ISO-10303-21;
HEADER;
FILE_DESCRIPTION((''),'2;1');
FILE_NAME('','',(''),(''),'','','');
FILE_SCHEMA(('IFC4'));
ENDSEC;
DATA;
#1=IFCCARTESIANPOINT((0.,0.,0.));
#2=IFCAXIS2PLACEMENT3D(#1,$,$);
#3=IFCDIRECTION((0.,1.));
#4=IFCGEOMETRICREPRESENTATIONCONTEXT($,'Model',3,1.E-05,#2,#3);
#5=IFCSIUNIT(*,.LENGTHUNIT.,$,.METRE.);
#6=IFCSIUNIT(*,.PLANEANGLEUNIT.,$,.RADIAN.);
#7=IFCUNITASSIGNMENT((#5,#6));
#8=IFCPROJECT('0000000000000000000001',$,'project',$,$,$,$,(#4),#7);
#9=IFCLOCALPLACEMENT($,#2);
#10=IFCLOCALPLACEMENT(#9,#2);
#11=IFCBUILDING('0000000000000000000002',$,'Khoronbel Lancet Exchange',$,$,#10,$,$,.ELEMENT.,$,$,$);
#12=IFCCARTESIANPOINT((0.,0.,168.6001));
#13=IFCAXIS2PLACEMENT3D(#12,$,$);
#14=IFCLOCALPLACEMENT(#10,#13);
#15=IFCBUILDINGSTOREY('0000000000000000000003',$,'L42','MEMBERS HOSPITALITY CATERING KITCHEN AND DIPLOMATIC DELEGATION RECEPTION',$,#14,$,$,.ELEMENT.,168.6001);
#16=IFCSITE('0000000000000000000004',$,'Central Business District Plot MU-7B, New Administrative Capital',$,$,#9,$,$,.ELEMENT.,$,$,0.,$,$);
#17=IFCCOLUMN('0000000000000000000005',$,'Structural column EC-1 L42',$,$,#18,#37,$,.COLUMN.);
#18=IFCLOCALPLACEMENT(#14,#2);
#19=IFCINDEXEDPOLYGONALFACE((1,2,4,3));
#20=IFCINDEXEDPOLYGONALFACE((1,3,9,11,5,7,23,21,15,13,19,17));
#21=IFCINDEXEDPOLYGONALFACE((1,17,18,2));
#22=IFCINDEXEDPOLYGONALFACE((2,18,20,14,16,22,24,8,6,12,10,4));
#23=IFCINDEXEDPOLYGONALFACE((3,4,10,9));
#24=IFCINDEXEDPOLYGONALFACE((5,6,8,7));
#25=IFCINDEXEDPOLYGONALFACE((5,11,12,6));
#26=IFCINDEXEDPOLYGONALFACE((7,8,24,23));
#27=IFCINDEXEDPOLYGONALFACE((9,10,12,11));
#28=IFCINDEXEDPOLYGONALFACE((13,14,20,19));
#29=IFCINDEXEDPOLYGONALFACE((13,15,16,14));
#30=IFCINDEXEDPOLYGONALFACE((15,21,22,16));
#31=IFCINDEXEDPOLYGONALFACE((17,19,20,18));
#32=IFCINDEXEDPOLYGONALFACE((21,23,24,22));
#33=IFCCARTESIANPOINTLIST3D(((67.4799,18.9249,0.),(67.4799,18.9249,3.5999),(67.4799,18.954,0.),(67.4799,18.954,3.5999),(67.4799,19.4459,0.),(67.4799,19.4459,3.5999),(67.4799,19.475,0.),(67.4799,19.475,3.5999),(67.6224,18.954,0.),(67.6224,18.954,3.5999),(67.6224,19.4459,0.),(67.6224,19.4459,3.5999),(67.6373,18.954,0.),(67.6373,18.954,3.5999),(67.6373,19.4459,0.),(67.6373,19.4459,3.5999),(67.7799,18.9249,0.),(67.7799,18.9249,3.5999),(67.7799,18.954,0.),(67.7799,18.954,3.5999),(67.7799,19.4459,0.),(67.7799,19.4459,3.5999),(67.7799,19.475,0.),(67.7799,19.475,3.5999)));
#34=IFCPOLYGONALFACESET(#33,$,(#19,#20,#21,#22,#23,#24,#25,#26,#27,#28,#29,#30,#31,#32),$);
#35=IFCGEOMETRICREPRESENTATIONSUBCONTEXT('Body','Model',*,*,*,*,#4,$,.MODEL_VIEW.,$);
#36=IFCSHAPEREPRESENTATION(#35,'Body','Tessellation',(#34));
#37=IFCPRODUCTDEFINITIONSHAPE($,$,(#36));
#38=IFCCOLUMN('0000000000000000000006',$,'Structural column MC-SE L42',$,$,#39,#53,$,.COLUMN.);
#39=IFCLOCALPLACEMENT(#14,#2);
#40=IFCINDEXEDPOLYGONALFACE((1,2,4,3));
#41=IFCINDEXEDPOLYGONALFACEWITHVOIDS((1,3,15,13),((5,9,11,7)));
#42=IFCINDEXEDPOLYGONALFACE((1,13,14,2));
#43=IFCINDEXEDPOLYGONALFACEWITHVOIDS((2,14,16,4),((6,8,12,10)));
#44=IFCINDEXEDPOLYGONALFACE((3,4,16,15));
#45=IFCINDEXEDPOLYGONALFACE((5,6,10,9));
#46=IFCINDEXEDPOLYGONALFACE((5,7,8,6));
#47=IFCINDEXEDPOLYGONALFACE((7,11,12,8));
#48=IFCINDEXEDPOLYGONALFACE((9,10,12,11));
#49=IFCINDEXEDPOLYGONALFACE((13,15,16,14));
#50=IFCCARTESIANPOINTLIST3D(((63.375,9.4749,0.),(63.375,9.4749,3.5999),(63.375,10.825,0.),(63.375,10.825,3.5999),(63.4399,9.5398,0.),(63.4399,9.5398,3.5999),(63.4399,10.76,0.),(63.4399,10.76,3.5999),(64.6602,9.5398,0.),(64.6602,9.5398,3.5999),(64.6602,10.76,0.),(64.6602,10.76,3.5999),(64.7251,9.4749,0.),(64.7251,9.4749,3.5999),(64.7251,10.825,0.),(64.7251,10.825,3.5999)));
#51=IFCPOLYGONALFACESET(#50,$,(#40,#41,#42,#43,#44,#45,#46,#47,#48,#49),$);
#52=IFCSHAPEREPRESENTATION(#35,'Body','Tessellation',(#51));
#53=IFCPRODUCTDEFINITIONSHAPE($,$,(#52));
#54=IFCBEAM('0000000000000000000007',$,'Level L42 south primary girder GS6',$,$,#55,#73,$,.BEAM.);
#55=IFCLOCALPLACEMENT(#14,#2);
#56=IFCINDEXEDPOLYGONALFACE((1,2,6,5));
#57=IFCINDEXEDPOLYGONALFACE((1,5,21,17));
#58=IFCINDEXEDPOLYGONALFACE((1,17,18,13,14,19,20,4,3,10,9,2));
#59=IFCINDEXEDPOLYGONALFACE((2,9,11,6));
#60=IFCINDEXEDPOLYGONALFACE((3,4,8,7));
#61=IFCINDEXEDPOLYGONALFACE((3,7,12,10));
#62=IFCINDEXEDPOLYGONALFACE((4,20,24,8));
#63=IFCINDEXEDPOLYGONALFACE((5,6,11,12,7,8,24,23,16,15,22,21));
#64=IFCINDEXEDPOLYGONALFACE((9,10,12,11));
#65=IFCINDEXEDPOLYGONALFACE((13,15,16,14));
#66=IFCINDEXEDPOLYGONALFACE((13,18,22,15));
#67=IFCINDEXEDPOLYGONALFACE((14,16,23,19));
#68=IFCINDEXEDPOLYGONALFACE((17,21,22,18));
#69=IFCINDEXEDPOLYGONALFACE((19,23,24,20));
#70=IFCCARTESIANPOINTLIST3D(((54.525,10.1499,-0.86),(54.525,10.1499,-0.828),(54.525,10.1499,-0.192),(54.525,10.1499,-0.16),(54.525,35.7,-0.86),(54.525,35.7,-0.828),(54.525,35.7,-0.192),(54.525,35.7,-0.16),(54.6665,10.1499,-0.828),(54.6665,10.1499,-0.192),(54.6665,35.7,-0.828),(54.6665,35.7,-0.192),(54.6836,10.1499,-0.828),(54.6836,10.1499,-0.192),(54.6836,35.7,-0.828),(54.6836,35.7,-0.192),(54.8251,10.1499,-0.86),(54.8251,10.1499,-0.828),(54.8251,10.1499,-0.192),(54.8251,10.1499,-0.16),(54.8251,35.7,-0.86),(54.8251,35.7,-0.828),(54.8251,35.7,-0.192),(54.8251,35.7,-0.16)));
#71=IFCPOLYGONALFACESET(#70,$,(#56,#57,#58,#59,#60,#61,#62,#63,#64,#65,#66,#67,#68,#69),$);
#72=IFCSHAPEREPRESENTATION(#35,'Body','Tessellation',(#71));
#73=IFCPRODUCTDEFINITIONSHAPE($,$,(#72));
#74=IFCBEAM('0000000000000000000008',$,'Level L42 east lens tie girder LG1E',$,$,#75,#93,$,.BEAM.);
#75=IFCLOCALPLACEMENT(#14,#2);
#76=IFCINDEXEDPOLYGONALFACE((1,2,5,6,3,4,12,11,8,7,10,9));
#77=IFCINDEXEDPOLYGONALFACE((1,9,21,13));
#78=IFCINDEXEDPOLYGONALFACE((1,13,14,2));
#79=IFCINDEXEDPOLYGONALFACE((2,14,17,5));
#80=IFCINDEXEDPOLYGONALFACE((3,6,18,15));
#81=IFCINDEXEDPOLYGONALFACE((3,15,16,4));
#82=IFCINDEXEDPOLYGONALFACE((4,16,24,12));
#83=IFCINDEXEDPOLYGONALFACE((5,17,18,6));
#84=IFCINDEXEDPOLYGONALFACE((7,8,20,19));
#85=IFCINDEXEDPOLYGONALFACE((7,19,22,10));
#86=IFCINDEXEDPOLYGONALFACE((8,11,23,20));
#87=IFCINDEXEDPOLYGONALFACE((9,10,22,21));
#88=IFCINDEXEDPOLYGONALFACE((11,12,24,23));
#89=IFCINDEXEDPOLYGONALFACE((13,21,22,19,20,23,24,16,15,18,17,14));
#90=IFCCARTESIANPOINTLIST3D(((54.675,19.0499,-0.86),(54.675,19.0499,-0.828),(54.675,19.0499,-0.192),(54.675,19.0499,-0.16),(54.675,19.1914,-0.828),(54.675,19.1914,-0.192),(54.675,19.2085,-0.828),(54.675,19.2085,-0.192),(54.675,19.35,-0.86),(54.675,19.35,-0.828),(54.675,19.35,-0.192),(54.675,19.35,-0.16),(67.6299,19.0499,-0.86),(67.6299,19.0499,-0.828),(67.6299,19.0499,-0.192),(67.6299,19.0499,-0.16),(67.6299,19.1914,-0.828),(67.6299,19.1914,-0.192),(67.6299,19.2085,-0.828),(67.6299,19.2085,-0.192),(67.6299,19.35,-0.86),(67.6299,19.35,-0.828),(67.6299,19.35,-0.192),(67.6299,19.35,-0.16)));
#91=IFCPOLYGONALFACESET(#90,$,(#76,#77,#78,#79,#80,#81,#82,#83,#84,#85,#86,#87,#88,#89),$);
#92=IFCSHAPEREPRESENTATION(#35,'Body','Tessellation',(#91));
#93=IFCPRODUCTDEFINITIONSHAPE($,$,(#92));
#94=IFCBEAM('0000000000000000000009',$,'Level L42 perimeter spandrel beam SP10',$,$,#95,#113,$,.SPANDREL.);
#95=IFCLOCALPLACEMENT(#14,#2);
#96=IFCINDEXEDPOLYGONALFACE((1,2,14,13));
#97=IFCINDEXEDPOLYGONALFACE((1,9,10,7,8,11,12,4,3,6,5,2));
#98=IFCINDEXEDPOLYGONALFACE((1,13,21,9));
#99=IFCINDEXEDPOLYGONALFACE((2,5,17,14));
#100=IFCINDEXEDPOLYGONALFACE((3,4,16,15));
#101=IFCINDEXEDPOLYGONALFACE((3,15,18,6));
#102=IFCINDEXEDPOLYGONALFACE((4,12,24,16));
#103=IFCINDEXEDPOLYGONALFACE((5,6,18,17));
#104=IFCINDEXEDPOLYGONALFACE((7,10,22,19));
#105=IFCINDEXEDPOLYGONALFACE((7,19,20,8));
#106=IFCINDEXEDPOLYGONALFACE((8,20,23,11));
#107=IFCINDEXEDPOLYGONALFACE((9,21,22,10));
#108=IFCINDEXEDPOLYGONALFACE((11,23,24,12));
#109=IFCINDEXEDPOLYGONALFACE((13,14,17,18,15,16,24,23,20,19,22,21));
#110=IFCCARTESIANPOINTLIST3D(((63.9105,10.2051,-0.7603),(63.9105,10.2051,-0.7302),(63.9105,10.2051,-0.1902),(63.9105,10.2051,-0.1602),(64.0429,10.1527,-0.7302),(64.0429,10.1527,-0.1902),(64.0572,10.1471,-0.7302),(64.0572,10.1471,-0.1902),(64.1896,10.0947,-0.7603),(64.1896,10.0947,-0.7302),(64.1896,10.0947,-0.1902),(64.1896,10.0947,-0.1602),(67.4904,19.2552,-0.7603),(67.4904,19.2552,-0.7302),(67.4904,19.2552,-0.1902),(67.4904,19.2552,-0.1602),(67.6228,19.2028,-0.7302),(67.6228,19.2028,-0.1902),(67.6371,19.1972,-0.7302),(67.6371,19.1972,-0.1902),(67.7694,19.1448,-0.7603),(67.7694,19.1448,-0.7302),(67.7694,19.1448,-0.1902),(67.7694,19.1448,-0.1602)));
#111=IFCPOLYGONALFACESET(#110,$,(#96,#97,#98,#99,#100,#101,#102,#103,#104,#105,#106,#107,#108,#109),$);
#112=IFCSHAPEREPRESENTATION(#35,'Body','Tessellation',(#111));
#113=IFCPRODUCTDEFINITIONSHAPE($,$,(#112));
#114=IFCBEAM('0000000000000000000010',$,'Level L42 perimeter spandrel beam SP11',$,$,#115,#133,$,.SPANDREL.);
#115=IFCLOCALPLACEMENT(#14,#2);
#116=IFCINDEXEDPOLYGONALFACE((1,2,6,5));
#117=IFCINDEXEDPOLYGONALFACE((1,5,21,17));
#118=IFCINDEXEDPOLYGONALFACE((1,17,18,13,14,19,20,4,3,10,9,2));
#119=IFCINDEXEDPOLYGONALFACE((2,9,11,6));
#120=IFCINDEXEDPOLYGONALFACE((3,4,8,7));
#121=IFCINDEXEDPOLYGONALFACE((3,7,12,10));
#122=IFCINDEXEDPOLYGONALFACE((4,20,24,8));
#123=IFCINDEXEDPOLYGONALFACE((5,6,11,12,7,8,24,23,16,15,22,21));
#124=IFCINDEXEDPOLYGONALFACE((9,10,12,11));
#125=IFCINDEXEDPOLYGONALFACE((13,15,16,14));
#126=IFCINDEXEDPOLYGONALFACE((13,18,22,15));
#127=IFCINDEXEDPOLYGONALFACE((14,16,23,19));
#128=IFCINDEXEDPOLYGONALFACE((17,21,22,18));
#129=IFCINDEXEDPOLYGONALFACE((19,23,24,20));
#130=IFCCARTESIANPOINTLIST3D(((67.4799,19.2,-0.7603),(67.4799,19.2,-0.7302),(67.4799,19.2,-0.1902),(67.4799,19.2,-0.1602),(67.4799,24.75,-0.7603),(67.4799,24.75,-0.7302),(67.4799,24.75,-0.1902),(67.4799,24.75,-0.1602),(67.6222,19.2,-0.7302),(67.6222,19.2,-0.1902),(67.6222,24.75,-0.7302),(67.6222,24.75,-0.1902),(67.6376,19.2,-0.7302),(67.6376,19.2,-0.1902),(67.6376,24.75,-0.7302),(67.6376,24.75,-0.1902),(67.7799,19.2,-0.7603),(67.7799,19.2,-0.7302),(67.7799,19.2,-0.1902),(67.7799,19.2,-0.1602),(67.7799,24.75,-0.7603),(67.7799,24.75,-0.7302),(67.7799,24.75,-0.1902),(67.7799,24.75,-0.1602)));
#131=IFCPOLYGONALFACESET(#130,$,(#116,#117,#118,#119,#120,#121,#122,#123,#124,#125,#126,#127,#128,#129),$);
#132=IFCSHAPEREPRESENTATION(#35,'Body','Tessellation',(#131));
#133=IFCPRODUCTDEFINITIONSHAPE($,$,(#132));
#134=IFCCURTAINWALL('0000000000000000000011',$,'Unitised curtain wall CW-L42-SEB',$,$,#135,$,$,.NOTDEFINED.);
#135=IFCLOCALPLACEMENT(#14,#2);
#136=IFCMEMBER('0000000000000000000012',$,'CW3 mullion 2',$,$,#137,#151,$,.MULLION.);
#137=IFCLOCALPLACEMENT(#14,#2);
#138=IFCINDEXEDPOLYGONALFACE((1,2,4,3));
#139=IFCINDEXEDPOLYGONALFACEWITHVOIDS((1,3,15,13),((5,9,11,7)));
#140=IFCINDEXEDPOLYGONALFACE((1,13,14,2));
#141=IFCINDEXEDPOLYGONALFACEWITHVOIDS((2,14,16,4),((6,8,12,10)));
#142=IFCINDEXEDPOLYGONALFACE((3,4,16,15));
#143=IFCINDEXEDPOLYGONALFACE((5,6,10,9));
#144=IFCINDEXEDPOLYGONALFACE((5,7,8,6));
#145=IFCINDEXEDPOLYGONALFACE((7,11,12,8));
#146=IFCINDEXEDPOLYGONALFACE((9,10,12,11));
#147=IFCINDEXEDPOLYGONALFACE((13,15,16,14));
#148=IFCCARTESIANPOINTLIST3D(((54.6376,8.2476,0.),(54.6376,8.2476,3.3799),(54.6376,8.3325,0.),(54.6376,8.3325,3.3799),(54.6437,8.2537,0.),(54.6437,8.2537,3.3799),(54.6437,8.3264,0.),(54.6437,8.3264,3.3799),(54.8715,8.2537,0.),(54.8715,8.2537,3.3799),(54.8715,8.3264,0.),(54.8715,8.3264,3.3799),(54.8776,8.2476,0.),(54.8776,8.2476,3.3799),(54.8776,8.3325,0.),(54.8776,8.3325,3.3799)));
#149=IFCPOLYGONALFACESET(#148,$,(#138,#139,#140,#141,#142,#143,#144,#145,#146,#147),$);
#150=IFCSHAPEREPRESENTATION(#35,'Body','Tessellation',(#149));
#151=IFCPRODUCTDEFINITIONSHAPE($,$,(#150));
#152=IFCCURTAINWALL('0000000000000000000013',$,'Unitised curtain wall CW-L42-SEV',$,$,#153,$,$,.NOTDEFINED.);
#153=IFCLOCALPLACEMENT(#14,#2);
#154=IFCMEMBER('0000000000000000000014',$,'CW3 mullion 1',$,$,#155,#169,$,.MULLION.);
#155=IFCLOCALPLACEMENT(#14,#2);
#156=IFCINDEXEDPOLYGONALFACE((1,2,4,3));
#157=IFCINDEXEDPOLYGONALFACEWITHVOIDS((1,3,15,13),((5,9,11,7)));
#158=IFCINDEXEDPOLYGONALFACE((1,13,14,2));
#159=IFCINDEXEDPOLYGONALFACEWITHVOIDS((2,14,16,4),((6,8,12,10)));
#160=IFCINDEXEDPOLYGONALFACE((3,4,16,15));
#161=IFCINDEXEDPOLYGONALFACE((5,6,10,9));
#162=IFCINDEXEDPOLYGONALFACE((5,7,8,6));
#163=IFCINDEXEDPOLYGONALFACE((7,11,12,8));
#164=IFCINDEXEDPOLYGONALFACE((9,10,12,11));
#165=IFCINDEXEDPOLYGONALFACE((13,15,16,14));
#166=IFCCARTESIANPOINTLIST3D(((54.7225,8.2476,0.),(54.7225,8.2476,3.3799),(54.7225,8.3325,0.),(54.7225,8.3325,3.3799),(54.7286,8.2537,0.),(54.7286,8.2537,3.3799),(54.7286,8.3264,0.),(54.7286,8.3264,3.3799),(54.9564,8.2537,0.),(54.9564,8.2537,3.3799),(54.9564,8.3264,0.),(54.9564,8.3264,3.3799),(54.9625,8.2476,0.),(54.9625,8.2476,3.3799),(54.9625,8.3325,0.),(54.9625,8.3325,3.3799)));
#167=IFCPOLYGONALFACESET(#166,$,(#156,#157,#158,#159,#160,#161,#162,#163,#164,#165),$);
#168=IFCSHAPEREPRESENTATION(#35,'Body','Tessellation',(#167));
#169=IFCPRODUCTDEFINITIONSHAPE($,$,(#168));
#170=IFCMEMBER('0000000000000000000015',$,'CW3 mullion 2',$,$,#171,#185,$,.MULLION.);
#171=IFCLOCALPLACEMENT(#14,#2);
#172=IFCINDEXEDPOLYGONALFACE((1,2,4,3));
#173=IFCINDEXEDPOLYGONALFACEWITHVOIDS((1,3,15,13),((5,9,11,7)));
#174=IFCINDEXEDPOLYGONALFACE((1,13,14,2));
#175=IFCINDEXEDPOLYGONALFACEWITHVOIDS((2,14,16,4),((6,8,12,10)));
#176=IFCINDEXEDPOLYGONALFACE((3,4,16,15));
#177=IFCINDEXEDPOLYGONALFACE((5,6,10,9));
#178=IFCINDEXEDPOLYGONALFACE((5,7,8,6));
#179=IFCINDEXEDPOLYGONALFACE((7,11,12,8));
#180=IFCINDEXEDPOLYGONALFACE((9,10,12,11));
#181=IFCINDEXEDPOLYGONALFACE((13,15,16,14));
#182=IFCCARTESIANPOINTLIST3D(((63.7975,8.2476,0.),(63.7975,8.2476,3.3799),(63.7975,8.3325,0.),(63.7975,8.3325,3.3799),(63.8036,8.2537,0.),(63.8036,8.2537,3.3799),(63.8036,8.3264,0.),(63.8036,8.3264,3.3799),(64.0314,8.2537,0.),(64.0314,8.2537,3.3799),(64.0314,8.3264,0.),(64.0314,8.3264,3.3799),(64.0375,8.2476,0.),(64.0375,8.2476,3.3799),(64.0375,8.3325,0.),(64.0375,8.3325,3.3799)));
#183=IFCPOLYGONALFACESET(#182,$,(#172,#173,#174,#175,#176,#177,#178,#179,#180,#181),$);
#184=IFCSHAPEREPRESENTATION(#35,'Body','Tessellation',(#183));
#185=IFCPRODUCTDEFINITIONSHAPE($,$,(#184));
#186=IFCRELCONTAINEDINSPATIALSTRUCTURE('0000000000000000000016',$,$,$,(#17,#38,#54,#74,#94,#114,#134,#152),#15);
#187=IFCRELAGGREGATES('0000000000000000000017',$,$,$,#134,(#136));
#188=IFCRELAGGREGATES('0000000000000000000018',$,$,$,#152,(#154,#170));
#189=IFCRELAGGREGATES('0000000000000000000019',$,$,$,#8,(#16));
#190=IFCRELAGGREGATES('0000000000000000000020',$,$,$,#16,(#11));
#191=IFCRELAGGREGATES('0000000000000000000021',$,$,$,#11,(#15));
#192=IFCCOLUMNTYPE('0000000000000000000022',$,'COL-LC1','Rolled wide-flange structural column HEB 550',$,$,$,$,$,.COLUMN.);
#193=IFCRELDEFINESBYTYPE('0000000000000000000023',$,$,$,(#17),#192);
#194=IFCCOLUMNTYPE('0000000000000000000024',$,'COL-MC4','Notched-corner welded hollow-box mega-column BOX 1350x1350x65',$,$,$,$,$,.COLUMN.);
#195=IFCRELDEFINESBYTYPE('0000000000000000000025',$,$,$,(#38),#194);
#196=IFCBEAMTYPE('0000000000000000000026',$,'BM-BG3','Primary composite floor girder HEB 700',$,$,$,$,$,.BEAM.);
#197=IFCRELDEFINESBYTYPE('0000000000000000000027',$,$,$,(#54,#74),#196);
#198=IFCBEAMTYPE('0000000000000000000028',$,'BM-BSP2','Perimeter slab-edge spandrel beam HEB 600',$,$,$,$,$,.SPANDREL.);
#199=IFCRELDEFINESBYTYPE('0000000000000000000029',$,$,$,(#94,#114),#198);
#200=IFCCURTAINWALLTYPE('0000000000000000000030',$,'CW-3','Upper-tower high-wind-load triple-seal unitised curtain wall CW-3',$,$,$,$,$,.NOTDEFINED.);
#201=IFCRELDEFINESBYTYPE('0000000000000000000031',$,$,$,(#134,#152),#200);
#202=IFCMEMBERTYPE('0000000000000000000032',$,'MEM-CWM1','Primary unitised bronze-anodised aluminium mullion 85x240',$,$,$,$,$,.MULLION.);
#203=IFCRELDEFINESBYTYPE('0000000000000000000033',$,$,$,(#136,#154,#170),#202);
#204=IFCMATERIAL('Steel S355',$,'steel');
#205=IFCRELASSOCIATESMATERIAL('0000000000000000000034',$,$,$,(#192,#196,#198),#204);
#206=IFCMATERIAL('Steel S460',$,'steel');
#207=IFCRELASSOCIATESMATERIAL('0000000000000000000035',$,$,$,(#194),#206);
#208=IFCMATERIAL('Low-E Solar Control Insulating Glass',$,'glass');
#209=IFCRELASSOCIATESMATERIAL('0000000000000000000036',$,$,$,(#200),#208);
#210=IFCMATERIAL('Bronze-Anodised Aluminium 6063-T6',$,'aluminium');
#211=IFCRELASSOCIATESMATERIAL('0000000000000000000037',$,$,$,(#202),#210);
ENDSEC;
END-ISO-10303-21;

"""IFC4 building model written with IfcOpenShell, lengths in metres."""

from ifc_helpers import new_model, si_unit, direction, frame, origin, origin_2d, place, context, subcontext, project, spatial, hollow_rectangle, i_section, extrude, material, material_profile, profile_set, type_object, element, aggregate, save


model = new_model("IFC4")

# Units and contexts
model_context = context("Model", 3, precision=1e-05, world=origin(), true_north=direction((0.0, 1.0)))
body_context = subcontext(model_context, "Body", "Model", "MODEL_VIEW")
ifc_project = project(units=[si_unit("LENGTHUNIT", "METRE"), si_unit("PLANEANGLEUNIT", "RADIAN")], contexts=[model_context])

# Site, building, storey
site_placement = place(None, origin())
site = spatial("IfcSite", under=ifc_project, at=site_placement, Name="Central Business District Plot MU-7B, New Administrative Capital", CompositionType="ELEMENT", RefElevation=0.0)
building_placement = place(site_placement, origin())
building = spatial("IfcBuilding", under=site, at=building_placement, Name="Khoronbel Lancet Exchange", CompositionType="ELEMENT")
storey_placement = place(building_placement, frame((0.0, 0.0, 168.6001)))
storey = spatial("IfcBuildingStorey", under=building, at=storey_placement, Name="L42", Description="MEMBERS HOSPITALITY CATERING KITCHEN AND DIPLOMATIC DELEGATION RECEPTION", CompositionType="ELEMENT", Elevation=168.6001)

# Columns
ifc_material_1 = material(Name="Steel S355", Category="steel")
ifc_material_profile_1 = material_profile(ifc_material_1, i_section(OverallWidth=0.3, OverallDepth=0.55, WebThickness=0.0149, FlangeThickness=0.0291, at=origin_2d()), Name="HEB 550")
ifc_profile_set_1 = profile_set([ifc_material_profile_1], Name="Steel S355")
column_type_1 = type_object("IfcColumnType", Name="COL-LC1", Description="Rolled wide-flange structural column HEB 550", PredefinedType="COLUMN", material=ifc_profile_set_1)
column_1_placement = place(storey_placement, frame((67.6299, 19.2, 0.0), z_axis=(0.0, 0.0, 1.0), x_axis=(1.0, 0.0, 0.0)))
element("IfcColumn", 1, at=column_1_placement, inside=storey, type_object=column_type_1, Name="Structural column EC-1 L42", PredefinedType="COLUMN", context=body_context, shape_type="SweptSolid", body=[
    extrude(i_section(OverallWidth=0.3, OverallDepth=0.55, WebThickness=0.0149, FlangeThickness=0.0291, at=origin_2d()), origin(), (0.0, 0.0, 1.0), 3.5999),
])
ifc_material_2 = material(Name="Steel S460", Category="steel")
ifc_material_profile_2 = material_profile(ifc_material_2, hollow_rectangle(XDim=1.3501, YDim=1.3501, WallThickness=0.0649, at=origin_2d()), Name="BOX 1350x1350x65")
ifc_profile_set_2 = profile_set([ifc_material_profile_2], Name="Steel S460")
column_type_2 = type_object("IfcColumnType", Name="COL-MC4", Description="Notched-corner welded hollow-box mega-column BOX 1350x1350x65", PredefinedType="COLUMN", material=ifc_profile_set_2)
column_2_placement = place(storey_placement, frame((64.05, 10.1499, 0.0), z_axis=(0.0, 0.0, 1.0), x_axis=(1.0, 0.0, 0.0)))
element("IfcColumn", 2, at=column_2_placement, inside=storey, type_object=column_type_2, Name="Structural column MC-SE L42", PredefinedType="COLUMN", context=body_context, shape_type="SweptSolid", body=[
    extrude(hollow_rectangle(XDim=1.3501, YDim=1.3501, WallThickness=0.0649, at=origin_2d()), origin(), (0.0, 0.0, 1.0), 3.5999),
])

# Beams
ifc_material_profile_3 = material_profile(ifc_material_1, i_section(OverallWidth=0.3, OverallDepth=0.7, WebThickness=0.0171, FlangeThickness=0.032, at=origin_2d()), Name="HEB 700")
ifc_profile_set_3 = profile_set([ifc_material_profile_3], Name="Steel S355")
beam_type_1 = type_object("IfcBeamType", Name="BM-BG3", Description="Primary composite floor girder HEB 700", PredefinedType="BEAM", material=ifc_profile_set_3)
beam_1_placement = place(storey_placement, frame((54.675, 10.1499, -0.51), z_axis=(0.0, 1.0, 0.0), x_axis=(-1.0, 0.0, 0.0)))
element("IfcBeam", 3, at=beam_1_placement, inside=storey, type_object=beam_type_1, Name="Level L42 south primary girder GS6", PredefinedType="BEAM", context=body_context, shape_type="SweptSolid", body=[
    extrude(i_section(OverallWidth=0.3, OverallDepth=0.7, WebThickness=0.0171, FlangeThickness=0.032, at=origin_2d()), origin(), (0.0, 0.0, 1.0), 25.55),
])
beam_2_placement = place(storey_placement, frame((54.675, 19.2, -0.51), z_axis=(1.0, 0.0, 0.0), x_axis=(0.0, 1.0, 0.0)))
element("IfcBeam", 4, at=beam_2_placement, inside=storey, type_object=beam_type_1, Name="Level L42 east lens tie girder LG1E", PredefinedType="BEAM", context=body_context, shape_type="SweptSolid", body=[
    extrude(i_section(OverallWidth=0.3, OverallDepth=0.7, WebThickness=0.0171, FlangeThickness=0.032, at=origin_2d()), origin(), (0.0, 0.0, 1.0), 12.9548),
])
ifc_material_profile_4 = material_profile(ifc_material_1, i_section(OverallWidth=0.3, OverallDepth=0.6001, WebThickness=0.0154, FlangeThickness=0.03, at=origin_2d()), Name="HEB 600")
ifc_profile_set_4 = profile_set([ifc_material_profile_4], Name="Steel S355")
beam_type_2 = type_object("IfcBeamType", Name="BM-BSP2", Description="Perimeter slab-edge spandrel beam HEB 600", PredefinedType="SPANDREL", material=ifc_profile_set_4)
beam_3_placement = place(storey_placement, frame((64.05, 10.1499, -0.4602), z_axis=(0.367828, 0.929894, 0.0), x_axis=(-0.929894, 0.367828, 0.0)))
element("IfcBeam", 5, at=beam_3_placement, inside=storey, type_object=beam_type_2, Name="Level L42 perimeter spandrel beam SP10", PredefinedType="SPANDREL", context=body_context, shape_type="SweptSolid", body=[
    extrude(i_section(OverallWidth=0.3, OverallDepth=0.6001, WebThickness=0.0154, FlangeThickness=0.03, at=origin_2d()), origin(), (0.0, 0.0, 1.0), 9.7324),
])
beam_4_placement = place(storey_placement, frame((67.6299, 19.2, -0.4602), z_axis=(0.0, 1.0, 0.0), x_axis=(-1.0, 0.0, 0.0)))
element("IfcBeam", 6, at=beam_4_placement, inside=storey, type_object=beam_type_2, Name="Level L42 perimeter spandrel beam SP11", PredefinedType="SPANDREL", context=body_context, shape_type="SweptSolid", body=[
    extrude(i_section(OverallWidth=0.3, OverallDepth=0.6001, WebThickness=0.0154, FlangeThickness=0.03, at=origin_2d()), origin(), (0.0, 0.0, 1.0), 5.55),
])

# Curtain wall, member
ifc_material_3 = material(Name="Low-E Solar Control Insulating Glass", Category="glass")
curtain_wall_type_1 = type_object("IfcCurtainWallType", Name="CW-3", Description="Upper-tower high-wind-load triple-seal unitised curtain wall CW-3", PredefinedType="NOTDEFINED", material=ifc_material_3)
curtain_wall_1_placement = place(storey_placement, origin())
curtain_wall_1 = element("IfcCurtainWall", 7, at=curtain_wall_1_placement, inside=storey, type_object=curtain_wall_type_1, Name="Unitised curtain wall CW-L42-SEB", PredefinedType="NOTDEFINED")
ifc_material_4 = material(Name="Bronze-Anodised Aluminium 6063-T6", Category="aluminium")
ifc_material_profile_5 = material_profile(ifc_material_4, hollow_rectangle(XDim=0.085, YDim=0.24, WallThickness=0.0061, at=origin_2d()), Name="ALU MULLION 85x240")
ifc_profile_set_5 = profile_set([ifc_material_profile_5], Name="Bronze-Anodised Aluminium 6063-T6")
member_type_1 = type_object("IfcMemberType", Name="MEM-CWM1", Description="Primary unitised bronze-anodised aluminium mullion 85x240", PredefinedType="MULLION", material=ifc_profile_set_5)
member_1_placement = place(storey_placement, frame((54.7576, 8.29, 0.0), z_axis=(0.0, 0.0, 1.0), x_axis=(0.0, 1.0, 0.0)))
member_1 = element("IfcMember", 8, at=member_1_placement, type_object=member_type_1, Name="CW3 mullion 2", PredefinedType="MULLION", context=body_context, shape_type="SweptSolid", body=[
    extrude(hollow_rectangle(XDim=0.085, YDim=0.24, WallThickness=0.0061, at=origin_2d()), origin(), (0.0, 0.0, 1.0), 3.3799),
])
aggregate(curtain_wall_1, [member_1])

# Curtain wall, members
curtain_wall_2_placement = place(storey_placement, origin())
curtain_wall_2 = element("IfcCurtainWall", 9, at=curtain_wall_2_placement, inside=storey, type_object=curtain_wall_type_1, Name="Unitised curtain wall CW-L42-SEV", PredefinedType="NOTDEFINED")
member_2_placement = place(storey_placement, frame((54.8425, 8.29, 0.0), z_axis=(0.0, 0.0, 1.0), x_axis=(0.0, 1.0, 0.0)))
member_2 = element("IfcMember", 10, at=member_2_placement, type_object=member_type_1, Name="CW3 mullion 1", PredefinedType="MULLION", context=body_context, shape_type="SweptSolid", body=[
    extrude(hollow_rectangle(XDim=0.085, YDim=0.24, WallThickness=0.0061, at=origin_2d()), origin(), (0.0, 0.0, 1.0), 3.3799),
])
member_3_placement = place(storey_placement, frame((63.9175, 8.29, 0.0), z_axis=(0.0, 0.0, 1.0), x_axis=(0.0, 1.0, 0.0)))
member_3 = element("IfcMember", 11, at=member_3_placement, type_object=member_type_1, Name="CW3 mullion 2", PredefinedType="MULLION", context=body_context, shape_type="SweptSolid", body=[
    extrude(hollow_rectangle(XDim=0.085, YDim=0.24, WallThickness=0.0061, at=origin_2d()), origin(), (0.0, 0.0, 1.0), 3.3799),
])

aggregate(curtain_wall_2, [member_2, member_3])

save(model, "model.ifc")
